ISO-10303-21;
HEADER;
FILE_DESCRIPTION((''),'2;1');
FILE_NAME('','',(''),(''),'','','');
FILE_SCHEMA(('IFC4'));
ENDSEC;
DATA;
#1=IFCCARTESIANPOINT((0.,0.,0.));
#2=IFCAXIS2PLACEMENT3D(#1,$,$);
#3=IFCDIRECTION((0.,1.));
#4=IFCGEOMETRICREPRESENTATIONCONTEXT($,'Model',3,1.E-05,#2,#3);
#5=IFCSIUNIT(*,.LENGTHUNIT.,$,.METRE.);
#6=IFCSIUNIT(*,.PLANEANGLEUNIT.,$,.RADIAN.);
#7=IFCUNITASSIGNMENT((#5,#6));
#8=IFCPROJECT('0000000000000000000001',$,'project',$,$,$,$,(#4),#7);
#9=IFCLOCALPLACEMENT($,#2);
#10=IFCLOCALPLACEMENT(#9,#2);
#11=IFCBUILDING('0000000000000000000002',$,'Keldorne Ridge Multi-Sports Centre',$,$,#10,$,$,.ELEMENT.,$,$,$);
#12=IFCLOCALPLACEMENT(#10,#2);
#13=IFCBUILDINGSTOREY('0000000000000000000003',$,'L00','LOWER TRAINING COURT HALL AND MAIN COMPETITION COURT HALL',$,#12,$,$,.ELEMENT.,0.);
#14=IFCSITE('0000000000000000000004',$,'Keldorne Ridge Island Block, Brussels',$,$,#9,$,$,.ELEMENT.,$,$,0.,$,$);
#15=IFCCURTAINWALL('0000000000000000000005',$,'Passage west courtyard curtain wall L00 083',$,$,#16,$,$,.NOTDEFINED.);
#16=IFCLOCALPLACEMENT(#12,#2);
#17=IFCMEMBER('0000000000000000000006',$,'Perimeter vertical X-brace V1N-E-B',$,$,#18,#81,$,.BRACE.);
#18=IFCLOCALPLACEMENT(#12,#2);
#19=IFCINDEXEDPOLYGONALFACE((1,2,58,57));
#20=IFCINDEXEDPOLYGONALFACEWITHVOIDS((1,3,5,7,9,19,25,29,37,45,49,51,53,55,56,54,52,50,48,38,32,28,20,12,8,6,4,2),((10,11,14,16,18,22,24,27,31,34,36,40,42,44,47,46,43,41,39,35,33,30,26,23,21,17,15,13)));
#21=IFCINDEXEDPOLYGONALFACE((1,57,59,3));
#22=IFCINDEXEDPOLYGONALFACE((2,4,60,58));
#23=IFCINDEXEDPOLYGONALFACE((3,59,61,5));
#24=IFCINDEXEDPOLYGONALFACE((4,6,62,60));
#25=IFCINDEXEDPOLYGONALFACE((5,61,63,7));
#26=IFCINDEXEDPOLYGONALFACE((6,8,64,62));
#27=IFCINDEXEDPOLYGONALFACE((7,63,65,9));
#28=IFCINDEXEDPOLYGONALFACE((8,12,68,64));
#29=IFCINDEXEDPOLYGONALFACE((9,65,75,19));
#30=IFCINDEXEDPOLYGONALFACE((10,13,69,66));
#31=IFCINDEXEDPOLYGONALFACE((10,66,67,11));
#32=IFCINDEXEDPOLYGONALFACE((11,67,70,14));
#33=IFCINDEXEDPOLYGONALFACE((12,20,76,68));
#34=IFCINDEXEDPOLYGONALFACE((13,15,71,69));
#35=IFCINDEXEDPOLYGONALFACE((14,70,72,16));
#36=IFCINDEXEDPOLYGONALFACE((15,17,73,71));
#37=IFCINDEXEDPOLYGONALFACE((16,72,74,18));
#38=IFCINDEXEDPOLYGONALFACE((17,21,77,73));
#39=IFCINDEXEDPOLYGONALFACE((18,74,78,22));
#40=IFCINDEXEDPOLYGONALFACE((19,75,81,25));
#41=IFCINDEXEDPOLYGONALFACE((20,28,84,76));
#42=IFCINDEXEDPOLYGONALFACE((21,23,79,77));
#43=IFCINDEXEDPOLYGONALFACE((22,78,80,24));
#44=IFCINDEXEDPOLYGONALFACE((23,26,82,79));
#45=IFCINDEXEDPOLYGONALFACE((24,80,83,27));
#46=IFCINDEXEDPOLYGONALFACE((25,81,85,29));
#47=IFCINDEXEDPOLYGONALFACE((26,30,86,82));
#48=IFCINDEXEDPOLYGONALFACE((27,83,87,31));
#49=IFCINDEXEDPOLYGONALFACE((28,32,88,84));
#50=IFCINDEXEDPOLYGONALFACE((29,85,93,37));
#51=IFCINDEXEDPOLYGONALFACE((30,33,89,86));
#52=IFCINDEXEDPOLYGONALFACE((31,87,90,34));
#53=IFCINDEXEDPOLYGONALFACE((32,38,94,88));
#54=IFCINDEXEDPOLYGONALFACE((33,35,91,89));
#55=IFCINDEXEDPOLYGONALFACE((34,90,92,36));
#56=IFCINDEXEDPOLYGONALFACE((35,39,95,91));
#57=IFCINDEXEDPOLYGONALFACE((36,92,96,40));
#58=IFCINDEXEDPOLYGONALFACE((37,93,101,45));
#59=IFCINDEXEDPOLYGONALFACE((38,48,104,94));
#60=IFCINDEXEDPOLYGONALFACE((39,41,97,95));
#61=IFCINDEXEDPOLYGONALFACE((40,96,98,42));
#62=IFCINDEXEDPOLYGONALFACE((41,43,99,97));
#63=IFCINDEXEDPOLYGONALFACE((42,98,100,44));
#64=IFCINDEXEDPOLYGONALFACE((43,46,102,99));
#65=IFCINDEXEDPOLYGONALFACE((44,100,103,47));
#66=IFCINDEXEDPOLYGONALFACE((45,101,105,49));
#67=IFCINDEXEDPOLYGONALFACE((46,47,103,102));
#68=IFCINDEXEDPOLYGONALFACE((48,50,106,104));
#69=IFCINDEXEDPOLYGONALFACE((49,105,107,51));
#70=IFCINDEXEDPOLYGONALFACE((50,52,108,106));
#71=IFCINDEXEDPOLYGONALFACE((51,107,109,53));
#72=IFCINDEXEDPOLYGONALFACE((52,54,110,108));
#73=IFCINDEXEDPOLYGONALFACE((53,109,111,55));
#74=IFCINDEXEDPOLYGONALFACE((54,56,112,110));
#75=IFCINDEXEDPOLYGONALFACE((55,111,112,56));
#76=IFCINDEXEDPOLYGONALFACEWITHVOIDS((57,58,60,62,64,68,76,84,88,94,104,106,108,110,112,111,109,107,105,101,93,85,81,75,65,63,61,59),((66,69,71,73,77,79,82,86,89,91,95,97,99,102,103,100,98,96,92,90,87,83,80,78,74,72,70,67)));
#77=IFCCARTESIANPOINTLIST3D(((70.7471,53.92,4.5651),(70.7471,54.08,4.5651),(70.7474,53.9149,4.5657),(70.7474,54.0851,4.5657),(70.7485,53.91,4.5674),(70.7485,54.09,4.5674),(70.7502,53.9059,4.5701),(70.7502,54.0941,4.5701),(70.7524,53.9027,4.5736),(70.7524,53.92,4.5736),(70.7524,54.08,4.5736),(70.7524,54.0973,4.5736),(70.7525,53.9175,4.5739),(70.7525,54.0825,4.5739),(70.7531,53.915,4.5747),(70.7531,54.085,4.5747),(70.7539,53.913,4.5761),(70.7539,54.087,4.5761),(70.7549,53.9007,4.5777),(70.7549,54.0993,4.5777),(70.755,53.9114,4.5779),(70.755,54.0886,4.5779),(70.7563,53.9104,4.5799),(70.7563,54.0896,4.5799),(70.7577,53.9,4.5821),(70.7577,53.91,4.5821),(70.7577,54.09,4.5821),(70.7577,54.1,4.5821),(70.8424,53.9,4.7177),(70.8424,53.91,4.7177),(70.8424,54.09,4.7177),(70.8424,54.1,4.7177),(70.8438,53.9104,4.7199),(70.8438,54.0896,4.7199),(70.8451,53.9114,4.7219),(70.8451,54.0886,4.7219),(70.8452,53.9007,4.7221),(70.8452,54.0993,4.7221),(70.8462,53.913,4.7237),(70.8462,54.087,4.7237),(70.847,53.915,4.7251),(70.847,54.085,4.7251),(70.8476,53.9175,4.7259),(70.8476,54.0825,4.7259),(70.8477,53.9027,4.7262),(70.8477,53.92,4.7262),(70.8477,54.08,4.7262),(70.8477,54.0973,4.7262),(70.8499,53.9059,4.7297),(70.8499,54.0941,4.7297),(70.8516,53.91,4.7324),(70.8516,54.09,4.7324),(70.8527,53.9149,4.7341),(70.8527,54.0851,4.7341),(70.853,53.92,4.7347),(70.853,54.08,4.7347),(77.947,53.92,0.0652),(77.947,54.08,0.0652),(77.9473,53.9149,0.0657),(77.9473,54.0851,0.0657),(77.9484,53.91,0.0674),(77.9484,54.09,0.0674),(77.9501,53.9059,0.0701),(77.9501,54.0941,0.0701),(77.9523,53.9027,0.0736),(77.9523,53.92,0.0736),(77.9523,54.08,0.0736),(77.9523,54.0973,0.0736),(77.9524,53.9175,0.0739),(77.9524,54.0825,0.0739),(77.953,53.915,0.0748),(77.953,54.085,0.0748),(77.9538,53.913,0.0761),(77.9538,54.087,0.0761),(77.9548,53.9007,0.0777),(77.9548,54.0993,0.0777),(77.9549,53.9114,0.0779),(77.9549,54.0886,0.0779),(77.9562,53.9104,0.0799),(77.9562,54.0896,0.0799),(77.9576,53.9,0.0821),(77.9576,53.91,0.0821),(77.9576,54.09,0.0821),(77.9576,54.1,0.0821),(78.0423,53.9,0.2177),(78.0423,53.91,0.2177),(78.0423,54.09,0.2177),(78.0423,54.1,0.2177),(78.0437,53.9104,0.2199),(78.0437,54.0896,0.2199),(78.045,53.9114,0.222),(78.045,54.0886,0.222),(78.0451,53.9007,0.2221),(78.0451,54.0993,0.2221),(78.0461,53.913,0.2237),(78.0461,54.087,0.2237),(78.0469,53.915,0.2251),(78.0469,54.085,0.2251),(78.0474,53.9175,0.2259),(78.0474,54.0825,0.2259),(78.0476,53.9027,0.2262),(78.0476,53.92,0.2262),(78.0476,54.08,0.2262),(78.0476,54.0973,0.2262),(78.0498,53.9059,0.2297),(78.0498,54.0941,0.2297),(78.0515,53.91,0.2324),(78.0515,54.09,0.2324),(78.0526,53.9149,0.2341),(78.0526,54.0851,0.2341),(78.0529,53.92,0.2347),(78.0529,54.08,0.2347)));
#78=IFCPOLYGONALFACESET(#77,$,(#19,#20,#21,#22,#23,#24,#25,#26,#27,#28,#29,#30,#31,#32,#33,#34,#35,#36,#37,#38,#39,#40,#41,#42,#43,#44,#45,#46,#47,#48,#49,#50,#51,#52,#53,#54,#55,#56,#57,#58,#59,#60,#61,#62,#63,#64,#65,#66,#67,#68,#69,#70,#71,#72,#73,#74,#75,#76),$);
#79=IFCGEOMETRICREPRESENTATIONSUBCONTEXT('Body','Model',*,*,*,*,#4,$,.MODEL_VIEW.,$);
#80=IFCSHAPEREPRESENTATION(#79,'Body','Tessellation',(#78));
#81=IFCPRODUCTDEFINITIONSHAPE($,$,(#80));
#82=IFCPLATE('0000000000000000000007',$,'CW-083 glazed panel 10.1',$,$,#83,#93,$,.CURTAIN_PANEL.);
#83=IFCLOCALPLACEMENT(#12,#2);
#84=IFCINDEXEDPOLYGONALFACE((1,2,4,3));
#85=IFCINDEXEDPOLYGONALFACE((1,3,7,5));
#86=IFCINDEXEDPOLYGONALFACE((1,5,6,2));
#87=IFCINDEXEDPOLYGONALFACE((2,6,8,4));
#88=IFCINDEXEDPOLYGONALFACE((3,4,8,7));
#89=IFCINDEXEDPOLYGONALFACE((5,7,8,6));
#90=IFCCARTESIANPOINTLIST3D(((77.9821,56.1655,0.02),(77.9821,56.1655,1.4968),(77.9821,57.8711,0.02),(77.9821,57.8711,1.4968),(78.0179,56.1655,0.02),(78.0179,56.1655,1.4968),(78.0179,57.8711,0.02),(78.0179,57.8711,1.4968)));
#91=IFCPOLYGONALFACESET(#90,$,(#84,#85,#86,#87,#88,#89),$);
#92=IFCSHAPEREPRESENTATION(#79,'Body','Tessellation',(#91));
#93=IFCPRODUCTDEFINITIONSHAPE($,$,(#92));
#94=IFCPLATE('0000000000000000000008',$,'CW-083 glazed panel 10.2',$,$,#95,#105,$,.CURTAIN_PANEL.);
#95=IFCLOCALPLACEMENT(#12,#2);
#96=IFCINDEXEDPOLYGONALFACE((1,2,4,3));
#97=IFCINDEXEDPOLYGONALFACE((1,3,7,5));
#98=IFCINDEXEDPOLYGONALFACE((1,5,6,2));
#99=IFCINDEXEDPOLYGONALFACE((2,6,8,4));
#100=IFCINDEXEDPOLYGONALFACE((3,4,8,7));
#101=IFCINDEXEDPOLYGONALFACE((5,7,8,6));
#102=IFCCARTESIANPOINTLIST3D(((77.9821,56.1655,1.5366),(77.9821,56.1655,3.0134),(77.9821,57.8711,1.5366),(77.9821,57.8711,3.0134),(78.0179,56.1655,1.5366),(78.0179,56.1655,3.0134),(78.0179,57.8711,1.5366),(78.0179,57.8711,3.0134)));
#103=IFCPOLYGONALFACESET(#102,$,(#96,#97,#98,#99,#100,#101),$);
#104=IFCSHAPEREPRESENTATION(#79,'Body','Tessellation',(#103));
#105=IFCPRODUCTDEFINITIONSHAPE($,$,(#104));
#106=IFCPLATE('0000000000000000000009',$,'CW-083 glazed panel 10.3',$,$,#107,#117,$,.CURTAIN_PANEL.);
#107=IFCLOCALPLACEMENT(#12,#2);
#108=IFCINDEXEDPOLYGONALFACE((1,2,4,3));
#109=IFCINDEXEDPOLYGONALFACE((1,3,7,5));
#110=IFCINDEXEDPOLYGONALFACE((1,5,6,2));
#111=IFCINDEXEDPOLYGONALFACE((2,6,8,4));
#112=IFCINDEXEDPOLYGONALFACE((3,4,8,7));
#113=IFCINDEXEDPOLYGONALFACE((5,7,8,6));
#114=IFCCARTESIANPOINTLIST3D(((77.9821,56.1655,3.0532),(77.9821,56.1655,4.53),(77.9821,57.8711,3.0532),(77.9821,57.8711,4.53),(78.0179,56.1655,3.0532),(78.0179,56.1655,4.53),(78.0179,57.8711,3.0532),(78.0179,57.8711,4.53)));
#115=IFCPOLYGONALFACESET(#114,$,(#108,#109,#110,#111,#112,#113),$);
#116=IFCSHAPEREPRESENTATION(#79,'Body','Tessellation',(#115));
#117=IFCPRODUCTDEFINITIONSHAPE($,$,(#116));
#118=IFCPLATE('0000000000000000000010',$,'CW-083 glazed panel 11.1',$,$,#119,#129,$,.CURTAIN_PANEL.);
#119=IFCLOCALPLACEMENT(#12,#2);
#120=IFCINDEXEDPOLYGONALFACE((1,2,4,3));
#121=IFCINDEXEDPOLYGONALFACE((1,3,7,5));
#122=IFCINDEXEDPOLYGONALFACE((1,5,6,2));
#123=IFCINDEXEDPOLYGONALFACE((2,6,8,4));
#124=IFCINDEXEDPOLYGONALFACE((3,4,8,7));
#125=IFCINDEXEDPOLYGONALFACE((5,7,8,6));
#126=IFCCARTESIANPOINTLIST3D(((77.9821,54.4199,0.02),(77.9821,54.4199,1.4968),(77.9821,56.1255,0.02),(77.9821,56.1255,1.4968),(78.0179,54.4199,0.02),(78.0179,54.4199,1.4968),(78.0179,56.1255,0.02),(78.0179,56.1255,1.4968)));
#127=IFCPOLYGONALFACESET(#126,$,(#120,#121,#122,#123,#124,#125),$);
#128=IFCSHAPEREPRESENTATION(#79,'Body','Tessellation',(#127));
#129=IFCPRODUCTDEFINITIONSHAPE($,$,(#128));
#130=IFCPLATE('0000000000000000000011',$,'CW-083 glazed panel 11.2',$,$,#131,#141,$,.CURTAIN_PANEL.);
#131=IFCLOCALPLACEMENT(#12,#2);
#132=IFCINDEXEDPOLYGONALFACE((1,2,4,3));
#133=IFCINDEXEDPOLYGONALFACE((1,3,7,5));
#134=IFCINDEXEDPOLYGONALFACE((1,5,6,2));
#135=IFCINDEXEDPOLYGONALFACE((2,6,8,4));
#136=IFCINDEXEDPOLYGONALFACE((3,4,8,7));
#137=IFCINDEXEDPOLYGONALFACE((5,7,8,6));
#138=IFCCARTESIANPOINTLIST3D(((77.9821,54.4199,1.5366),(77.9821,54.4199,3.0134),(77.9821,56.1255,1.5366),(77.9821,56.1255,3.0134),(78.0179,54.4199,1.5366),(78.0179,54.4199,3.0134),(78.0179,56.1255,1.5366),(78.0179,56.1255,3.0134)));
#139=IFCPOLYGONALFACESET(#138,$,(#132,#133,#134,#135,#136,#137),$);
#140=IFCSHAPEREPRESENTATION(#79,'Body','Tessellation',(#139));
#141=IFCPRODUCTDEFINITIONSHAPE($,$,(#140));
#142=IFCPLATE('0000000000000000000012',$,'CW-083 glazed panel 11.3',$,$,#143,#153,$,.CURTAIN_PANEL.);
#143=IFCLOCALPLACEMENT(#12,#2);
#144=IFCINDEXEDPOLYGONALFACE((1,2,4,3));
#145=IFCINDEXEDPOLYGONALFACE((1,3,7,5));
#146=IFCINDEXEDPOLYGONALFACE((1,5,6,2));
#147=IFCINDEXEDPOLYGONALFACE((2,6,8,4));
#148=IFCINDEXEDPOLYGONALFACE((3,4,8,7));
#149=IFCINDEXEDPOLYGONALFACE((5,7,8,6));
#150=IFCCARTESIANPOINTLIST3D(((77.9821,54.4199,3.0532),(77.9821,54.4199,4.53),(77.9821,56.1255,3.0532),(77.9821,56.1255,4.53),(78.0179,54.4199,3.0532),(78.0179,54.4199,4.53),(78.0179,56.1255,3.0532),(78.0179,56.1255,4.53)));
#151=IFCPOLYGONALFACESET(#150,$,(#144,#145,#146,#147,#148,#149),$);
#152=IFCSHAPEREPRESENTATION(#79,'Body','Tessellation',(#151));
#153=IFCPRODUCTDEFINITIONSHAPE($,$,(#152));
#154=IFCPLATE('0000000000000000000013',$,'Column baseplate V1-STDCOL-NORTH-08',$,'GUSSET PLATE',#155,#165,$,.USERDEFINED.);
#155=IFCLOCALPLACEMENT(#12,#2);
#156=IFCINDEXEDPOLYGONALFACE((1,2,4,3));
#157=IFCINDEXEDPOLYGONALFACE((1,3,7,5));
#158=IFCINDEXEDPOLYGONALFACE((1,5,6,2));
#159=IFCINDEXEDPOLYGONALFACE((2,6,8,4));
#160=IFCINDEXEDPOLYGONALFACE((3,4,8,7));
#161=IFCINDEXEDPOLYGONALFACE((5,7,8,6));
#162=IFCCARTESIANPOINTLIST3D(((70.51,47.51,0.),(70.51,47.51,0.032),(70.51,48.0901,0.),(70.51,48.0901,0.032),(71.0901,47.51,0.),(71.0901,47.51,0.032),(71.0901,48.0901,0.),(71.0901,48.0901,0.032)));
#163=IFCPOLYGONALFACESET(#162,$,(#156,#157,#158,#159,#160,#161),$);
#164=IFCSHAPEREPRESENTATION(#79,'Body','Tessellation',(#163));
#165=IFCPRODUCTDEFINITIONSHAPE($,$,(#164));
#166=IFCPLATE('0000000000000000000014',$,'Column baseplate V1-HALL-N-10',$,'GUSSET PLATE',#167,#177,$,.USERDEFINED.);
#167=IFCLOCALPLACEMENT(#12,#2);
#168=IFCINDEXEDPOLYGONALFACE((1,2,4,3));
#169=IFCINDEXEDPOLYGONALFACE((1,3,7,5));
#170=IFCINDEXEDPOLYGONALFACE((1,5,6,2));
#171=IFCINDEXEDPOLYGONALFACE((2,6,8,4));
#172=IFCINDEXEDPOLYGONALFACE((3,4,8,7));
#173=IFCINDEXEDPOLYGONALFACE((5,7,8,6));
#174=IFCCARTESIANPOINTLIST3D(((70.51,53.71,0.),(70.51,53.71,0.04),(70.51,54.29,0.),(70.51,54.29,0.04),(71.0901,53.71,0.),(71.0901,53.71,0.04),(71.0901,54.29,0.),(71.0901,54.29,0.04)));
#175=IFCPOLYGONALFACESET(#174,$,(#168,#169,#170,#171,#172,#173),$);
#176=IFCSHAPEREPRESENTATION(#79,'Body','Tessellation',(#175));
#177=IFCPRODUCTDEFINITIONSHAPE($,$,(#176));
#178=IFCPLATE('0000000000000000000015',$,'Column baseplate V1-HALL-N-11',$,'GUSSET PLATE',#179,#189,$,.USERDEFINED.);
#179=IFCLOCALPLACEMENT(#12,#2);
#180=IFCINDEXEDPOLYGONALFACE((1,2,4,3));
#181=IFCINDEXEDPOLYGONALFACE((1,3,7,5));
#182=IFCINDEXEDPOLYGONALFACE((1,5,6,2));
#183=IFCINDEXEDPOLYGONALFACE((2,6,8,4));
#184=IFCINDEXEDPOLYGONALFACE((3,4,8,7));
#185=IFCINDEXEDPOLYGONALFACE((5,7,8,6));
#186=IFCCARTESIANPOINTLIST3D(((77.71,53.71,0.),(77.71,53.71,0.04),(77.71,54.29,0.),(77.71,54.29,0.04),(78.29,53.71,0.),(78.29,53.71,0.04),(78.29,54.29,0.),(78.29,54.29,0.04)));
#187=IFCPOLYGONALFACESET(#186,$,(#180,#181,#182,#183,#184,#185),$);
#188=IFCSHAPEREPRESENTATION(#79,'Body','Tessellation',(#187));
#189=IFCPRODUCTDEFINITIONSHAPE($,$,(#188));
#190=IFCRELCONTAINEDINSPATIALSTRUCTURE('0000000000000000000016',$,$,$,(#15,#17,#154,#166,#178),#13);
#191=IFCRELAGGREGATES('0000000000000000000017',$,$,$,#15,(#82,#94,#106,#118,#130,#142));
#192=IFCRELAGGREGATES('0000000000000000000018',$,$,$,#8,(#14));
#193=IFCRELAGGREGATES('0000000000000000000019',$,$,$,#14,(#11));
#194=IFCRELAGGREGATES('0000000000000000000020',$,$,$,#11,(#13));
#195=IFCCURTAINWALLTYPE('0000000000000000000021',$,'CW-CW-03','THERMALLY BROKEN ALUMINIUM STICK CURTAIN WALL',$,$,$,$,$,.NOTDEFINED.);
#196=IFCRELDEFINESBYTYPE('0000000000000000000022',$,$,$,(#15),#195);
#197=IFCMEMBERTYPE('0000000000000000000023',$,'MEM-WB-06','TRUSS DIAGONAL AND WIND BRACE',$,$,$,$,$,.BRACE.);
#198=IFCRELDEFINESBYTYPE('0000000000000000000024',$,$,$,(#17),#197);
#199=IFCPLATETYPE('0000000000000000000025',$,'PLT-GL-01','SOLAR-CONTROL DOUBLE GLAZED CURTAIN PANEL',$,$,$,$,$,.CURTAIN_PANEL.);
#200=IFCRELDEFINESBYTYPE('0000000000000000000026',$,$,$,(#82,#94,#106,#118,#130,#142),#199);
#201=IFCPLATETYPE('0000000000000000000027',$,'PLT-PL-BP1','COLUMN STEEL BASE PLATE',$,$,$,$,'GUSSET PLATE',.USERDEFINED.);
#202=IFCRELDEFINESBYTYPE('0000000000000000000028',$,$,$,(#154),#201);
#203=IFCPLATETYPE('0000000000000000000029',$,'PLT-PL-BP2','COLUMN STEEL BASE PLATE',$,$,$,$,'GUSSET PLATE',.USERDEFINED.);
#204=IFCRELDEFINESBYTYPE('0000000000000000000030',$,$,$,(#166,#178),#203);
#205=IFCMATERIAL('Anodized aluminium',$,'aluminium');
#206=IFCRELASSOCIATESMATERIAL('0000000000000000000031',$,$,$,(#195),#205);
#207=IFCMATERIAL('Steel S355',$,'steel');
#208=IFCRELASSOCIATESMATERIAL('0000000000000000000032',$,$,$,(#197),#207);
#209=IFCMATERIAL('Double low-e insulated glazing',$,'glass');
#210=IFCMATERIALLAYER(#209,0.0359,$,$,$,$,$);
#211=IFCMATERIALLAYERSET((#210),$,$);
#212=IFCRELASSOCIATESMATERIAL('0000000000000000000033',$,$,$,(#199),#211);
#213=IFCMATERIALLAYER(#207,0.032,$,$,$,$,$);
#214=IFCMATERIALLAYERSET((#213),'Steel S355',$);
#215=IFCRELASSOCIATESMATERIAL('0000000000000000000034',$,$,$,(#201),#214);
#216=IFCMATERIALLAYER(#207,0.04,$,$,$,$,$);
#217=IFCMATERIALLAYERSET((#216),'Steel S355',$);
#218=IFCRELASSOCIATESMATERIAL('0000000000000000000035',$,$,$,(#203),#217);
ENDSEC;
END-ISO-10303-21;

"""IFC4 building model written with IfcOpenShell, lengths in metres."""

from ifc_helpers import new_model, si_unit, direction, frame, origin, origin_2d, place, context, subcontext, project, spatial, rectangle, hollow_rectangle, extrude, material, layer, layer_set, material_profile, profile_set, type_object, element, aggregate, save


model = new_model("IFC4")

# Units and contexts
model_context = context("Model", 3, precision=1e-05, world=origin(), true_north=direction((0.0, 1.0)))
body_context = subcontext(model_context, "Body", "Model", "MODEL_VIEW")
ifc_project = project(units=[si_unit("LENGTHUNIT", "METRE"), si_unit("PLANEANGLEUNIT", "RADIAN")], contexts=[model_context])

# Site, building, storey
site_placement = place(None, origin())
site = spatial("IfcSite", under=ifc_project, at=site_placement, Name="Keldorne Ridge Island Block, Brussels", CompositionType="ELEMENT", RefElevation=0.0)
building_placement = place(site_placement, origin())
building = spatial("IfcBuilding", under=site, at=building_placement, Name="Keldorne Ridge Multi-Sports Centre", CompositionType="ELEMENT")
storey_placement = place(building_placement, origin())
storey = spatial("IfcBuildingStorey", under=building, at=storey_placement, Name="L00", Description="LOWER TRAINING COURT HALL AND MAIN COMPETITION COURT HALL", CompositionType="ELEMENT", Elevation=0.0)

# Shared definitions
ifc_material_1 = material(Name="Steel S355", Category="steel")

# Curtain wall
ifc_material_2 = material(Name="Anodized aluminium", Category="aluminium")
curtain_wall_type = type_object("IfcCurtainWallType", Name="CW-CW-03", Description="THERMALLY BROKEN ALUMINIUM STICK CURTAIN WALL", PredefinedType="NOTDEFINED", material=ifc_material_2)
curtain_wall_placement = place(storey_placement, origin())
curtain_wall = element("IfcCurtainWall", 1, at=curtain_wall_placement, inside=storey, type_object=curtain_wall_type, Name="Passage west courtyard curtain wall L00 083", PredefinedType="NOTDEFINED")

# Member
ifc_material_profile_1 = material_profile(ifc_material_1, hollow_rectangle(XDim=0.2, YDim=0.2, WallThickness=0.01, InnerFilletRadius=0.01, OuterFilletRadius=0.02, at=origin_2d()), Name="SHS 200x200x10")
ifc_profile_set_1 = profile_set([ifc_material_profile_1], Name="Steel S355")
member_type_1 = type_object("IfcMemberType", Name="MEM-WB-06", Description="TRUSS DIAGONAL AND WIND BRACE", PredefinedType="BRACE", material=ifc_profile_set_1)
for number, where, z_axis, x_axis, name in (
    (2, (70.8, 54.0, 4.6499), (0.847997, 0.0, -0.530002), (0.0, 1.0, 0.0), "Perimeter vertical X-brace V1N-E-B"),
):
    element("IfcMember", number, at=place(storey_placement, frame(where, z_axis=z_axis, x_axis=x_axis)), inside=storey, type_object=member_type_1, Name=name, PredefinedType="BRACE", context=body_context, shape_type="SweptSolid", body=[
        extrude(hollow_rectangle(XDim=0.2, YDim=0.2, WallThickness=0.01, InnerFilletRadius=0.01, OuterFilletRadius=0.02, at=origin_2d()), origin(), (0.0, 0.0, 1.0), 8.4905),
    ])

# Plates
ifc_material_3 = material(Name="Double low-e insulated glazing", Category="glass")
ifc_layer_1 = layer(ifc_material_3, 0.0359)
ifc_layer_set_1 = layer_set([ifc_layer_1])
plate_type_1 = type_object("IfcPlateType", Name="PLT-GL-01", Description="SOLAR-CONTROL DOUBLE GLAZED CURTAIN PANEL", PredefinedType="CURTAIN_PANEL", material=ifc_layer_set_1)
plate_1_placement = place(storey_placement, frame((78.0, 57.0183, 0.02), z_axis=(0.0, 0.0, 1.0), x_axis=(0.0, -1.0, 0.0)))
plate_1 = element("IfcPlate", 3, at=plate_1_placement, type_object=plate_type_1, Name="CW-083 glazed panel 10.1", PredefinedType="CURTAIN_PANEL", context=body_context, shape_type="SweptSolid", body=[
    extrude(rectangle(XDim=1.7056, YDim=0.0359, at=origin_2d()), origin(), (0.0, 0.0, 1.0), 1.4768),
])
plate_2_placement = place(storey_placement, frame((78.0, 57.0183, 1.5366), z_axis=(0.0, 0.0, 1.0), x_axis=(0.0, -1.0, 0.0)))
plate_2 = element("IfcPlate", 4, at=plate_2_placement, type_object=plate_type_1, Name="CW-083 glazed panel 10.2", PredefinedType="CURTAIN_PANEL", context=body_context, shape_type="SweptSolid", body=[
    extrude(rectangle(XDim=1.7056, YDim=0.0359, at=origin_2d()), origin(), (0.0, 0.0, 1.0), 1.4768),
])
plate_3_placement = place(storey_placement, frame((78.0, 57.0183, 3.0532), z_axis=(0.0, 0.0, 1.0), x_axis=(0.0, -1.0, 0.0)))
plate_3 = element("IfcPlate", 5, at=plate_3_placement, type_object=plate_type_1, Name="CW-083 glazed panel 10.3", PredefinedType="CURTAIN_PANEL", context=body_context, shape_type="SweptSolid", body=[
    extrude(rectangle(XDim=1.7056, YDim=0.0359, at=origin_2d()), origin(), (0.0, 0.0, 1.0), 1.4768),
])
plate_4_placement = place(storey_placement, frame((78.0, 55.2727, 0.02), z_axis=(0.0, 0.0, 1.0), x_axis=(0.0, -1.0, 0.0)))
plate_4 = element("IfcPlate", 6, at=plate_4_placement, type_object=plate_type_1, Name="CW-083 glazed panel 11.1", PredefinedType="CURTAIN_PANEL", context=body_context, shape_type="SweptSolid", body=[
    extrude(rectangle(XDim=1.7056, YDim=0.0359, at=origin_2d()), origin(), (0.0, 0.0, 1.0), 1.4768),
])
plate_5_placement = place(storey_placement, frame((78.0, 55.2727, 1.5366), z_axis=(0.0, 0.0, 1.0), x_axis=(0.0, -1.0, 0.0)))
plate_5 = element("IfcPlate", 7, at=plate_5_placement, type_object=plate_type_1, Name="CW-083 glazed panel 11.2", PredefinedType="CURTAIN_PANEL", context=body_context, shape_type="SweptSolid", body=[
    extrude(rectangle(XDim=1.7056, YDim=0.0359, at=origin_2d()), origin(), (0.0, 0.0, 1.0), 1.4768),
])
plate_6_placement = place(storey_placement, frame((78.0, 55.2727, 3.0532), z_axis=(0.0, 0.0, 1.0), x_axis=(0.0, -1.0, 0.0)))
plate_6 = element("IfcPlate", 8, at=plate_6_placement, type_object=plate_type_1, Name="CW-083 glazed panel 11.3", PredefinedType="CURTAIN_PANEL", context=body_context, shape_type="SweptSolid", body=[
    extrude(rectangle(XDim=1.7056, YDim=0.0359, at=origin_2d()), origin(), (0.0, 0.0, 1.0), 1.4768),
])
aggregate(curtain_wall, [plate_1, plate_2, plate_3, plate_4, plate_5, plate_6])

# Plates
ifc_layer_2 = layer(ifc_material_1, 0.032)
ifc_layer_set_2 = layer_set([ifc_layer_2], Name="Steel S355")
plate_type_2 = type_object("IfcPlateType", Name="PLT-PL-BP1", Description="COLUMN STEEL BASE PLATE", ElementType="GUSSET PLATE", PredefinedType="USERDEFINED", material=ifc_layer_set_2)
plate_7_placement = place(storey_placement, frame((70.8, 47.8, 0.0), z_axis=(0.0, 0.0, 1.0), x_axis=(1.0, 0.0, 0.0)))
element("IfcPlate", 9, at=plate_7_placement, inside=storey, type_object=plate_type_2, Name="Column baseplate V1-STDCOL-NORTH-08", ObjectType="GUSSET PLATE", PredefinedType="USERDEFINED", context=body_context, shape_type="SweptSolid", body=[
    extrude(rectangle(XDim=0.5801, YDim=0.5801, at=origin_2d()), origin(), (0.0, 0.0, 1.0), 0.032),
])
ifc_layer_3 = layer(ifc_material_1, 0.04)
ifc_layer_set_3 = layer_set([ifc_layer_3], Name="Steel S355")
plate_type_3 = type_object("IfcPlateType", Name="PLT-PL-BP2", Description="COLUMN STEEL BASE PLATE", ElementType="GUSSET PLATE", PredefinedType="USERDEFINED", material=ifc_layer_set_3)
for number, where, z_axis, x_axis, name in (
    (10, (70.8, 54.0, 0.0), (0.0, 0.0, 1.0), (1.0, 0.0, 0.0), "Column baseplate V1-HALL-N-10"),
    (11, (78.0, 54.0, 0.0), (0.0, 0.0, 1.0), (1.0, 0.0, 0.0), "Column baseplate V1-HALL-N-11"),
):
    element("IfcPlate", number, at=place(storey_placement, frame(where, z_axis=z_axis, x_axis=x_axis)), inside=storey, type_object=plate_type_3, Name=name, ObjectType="GUSSET PLATE", PredefinedType="USERDEFINED", context=body_context, shape_type="SweptSolid", body=[
        extrude(rectangle(XDim=0.5801, YDim=0.5801, at=origin_2d()), origin(), (0.0, 0.0, 1.0), 0.04),
    ])

save(model, "model.ifc")
